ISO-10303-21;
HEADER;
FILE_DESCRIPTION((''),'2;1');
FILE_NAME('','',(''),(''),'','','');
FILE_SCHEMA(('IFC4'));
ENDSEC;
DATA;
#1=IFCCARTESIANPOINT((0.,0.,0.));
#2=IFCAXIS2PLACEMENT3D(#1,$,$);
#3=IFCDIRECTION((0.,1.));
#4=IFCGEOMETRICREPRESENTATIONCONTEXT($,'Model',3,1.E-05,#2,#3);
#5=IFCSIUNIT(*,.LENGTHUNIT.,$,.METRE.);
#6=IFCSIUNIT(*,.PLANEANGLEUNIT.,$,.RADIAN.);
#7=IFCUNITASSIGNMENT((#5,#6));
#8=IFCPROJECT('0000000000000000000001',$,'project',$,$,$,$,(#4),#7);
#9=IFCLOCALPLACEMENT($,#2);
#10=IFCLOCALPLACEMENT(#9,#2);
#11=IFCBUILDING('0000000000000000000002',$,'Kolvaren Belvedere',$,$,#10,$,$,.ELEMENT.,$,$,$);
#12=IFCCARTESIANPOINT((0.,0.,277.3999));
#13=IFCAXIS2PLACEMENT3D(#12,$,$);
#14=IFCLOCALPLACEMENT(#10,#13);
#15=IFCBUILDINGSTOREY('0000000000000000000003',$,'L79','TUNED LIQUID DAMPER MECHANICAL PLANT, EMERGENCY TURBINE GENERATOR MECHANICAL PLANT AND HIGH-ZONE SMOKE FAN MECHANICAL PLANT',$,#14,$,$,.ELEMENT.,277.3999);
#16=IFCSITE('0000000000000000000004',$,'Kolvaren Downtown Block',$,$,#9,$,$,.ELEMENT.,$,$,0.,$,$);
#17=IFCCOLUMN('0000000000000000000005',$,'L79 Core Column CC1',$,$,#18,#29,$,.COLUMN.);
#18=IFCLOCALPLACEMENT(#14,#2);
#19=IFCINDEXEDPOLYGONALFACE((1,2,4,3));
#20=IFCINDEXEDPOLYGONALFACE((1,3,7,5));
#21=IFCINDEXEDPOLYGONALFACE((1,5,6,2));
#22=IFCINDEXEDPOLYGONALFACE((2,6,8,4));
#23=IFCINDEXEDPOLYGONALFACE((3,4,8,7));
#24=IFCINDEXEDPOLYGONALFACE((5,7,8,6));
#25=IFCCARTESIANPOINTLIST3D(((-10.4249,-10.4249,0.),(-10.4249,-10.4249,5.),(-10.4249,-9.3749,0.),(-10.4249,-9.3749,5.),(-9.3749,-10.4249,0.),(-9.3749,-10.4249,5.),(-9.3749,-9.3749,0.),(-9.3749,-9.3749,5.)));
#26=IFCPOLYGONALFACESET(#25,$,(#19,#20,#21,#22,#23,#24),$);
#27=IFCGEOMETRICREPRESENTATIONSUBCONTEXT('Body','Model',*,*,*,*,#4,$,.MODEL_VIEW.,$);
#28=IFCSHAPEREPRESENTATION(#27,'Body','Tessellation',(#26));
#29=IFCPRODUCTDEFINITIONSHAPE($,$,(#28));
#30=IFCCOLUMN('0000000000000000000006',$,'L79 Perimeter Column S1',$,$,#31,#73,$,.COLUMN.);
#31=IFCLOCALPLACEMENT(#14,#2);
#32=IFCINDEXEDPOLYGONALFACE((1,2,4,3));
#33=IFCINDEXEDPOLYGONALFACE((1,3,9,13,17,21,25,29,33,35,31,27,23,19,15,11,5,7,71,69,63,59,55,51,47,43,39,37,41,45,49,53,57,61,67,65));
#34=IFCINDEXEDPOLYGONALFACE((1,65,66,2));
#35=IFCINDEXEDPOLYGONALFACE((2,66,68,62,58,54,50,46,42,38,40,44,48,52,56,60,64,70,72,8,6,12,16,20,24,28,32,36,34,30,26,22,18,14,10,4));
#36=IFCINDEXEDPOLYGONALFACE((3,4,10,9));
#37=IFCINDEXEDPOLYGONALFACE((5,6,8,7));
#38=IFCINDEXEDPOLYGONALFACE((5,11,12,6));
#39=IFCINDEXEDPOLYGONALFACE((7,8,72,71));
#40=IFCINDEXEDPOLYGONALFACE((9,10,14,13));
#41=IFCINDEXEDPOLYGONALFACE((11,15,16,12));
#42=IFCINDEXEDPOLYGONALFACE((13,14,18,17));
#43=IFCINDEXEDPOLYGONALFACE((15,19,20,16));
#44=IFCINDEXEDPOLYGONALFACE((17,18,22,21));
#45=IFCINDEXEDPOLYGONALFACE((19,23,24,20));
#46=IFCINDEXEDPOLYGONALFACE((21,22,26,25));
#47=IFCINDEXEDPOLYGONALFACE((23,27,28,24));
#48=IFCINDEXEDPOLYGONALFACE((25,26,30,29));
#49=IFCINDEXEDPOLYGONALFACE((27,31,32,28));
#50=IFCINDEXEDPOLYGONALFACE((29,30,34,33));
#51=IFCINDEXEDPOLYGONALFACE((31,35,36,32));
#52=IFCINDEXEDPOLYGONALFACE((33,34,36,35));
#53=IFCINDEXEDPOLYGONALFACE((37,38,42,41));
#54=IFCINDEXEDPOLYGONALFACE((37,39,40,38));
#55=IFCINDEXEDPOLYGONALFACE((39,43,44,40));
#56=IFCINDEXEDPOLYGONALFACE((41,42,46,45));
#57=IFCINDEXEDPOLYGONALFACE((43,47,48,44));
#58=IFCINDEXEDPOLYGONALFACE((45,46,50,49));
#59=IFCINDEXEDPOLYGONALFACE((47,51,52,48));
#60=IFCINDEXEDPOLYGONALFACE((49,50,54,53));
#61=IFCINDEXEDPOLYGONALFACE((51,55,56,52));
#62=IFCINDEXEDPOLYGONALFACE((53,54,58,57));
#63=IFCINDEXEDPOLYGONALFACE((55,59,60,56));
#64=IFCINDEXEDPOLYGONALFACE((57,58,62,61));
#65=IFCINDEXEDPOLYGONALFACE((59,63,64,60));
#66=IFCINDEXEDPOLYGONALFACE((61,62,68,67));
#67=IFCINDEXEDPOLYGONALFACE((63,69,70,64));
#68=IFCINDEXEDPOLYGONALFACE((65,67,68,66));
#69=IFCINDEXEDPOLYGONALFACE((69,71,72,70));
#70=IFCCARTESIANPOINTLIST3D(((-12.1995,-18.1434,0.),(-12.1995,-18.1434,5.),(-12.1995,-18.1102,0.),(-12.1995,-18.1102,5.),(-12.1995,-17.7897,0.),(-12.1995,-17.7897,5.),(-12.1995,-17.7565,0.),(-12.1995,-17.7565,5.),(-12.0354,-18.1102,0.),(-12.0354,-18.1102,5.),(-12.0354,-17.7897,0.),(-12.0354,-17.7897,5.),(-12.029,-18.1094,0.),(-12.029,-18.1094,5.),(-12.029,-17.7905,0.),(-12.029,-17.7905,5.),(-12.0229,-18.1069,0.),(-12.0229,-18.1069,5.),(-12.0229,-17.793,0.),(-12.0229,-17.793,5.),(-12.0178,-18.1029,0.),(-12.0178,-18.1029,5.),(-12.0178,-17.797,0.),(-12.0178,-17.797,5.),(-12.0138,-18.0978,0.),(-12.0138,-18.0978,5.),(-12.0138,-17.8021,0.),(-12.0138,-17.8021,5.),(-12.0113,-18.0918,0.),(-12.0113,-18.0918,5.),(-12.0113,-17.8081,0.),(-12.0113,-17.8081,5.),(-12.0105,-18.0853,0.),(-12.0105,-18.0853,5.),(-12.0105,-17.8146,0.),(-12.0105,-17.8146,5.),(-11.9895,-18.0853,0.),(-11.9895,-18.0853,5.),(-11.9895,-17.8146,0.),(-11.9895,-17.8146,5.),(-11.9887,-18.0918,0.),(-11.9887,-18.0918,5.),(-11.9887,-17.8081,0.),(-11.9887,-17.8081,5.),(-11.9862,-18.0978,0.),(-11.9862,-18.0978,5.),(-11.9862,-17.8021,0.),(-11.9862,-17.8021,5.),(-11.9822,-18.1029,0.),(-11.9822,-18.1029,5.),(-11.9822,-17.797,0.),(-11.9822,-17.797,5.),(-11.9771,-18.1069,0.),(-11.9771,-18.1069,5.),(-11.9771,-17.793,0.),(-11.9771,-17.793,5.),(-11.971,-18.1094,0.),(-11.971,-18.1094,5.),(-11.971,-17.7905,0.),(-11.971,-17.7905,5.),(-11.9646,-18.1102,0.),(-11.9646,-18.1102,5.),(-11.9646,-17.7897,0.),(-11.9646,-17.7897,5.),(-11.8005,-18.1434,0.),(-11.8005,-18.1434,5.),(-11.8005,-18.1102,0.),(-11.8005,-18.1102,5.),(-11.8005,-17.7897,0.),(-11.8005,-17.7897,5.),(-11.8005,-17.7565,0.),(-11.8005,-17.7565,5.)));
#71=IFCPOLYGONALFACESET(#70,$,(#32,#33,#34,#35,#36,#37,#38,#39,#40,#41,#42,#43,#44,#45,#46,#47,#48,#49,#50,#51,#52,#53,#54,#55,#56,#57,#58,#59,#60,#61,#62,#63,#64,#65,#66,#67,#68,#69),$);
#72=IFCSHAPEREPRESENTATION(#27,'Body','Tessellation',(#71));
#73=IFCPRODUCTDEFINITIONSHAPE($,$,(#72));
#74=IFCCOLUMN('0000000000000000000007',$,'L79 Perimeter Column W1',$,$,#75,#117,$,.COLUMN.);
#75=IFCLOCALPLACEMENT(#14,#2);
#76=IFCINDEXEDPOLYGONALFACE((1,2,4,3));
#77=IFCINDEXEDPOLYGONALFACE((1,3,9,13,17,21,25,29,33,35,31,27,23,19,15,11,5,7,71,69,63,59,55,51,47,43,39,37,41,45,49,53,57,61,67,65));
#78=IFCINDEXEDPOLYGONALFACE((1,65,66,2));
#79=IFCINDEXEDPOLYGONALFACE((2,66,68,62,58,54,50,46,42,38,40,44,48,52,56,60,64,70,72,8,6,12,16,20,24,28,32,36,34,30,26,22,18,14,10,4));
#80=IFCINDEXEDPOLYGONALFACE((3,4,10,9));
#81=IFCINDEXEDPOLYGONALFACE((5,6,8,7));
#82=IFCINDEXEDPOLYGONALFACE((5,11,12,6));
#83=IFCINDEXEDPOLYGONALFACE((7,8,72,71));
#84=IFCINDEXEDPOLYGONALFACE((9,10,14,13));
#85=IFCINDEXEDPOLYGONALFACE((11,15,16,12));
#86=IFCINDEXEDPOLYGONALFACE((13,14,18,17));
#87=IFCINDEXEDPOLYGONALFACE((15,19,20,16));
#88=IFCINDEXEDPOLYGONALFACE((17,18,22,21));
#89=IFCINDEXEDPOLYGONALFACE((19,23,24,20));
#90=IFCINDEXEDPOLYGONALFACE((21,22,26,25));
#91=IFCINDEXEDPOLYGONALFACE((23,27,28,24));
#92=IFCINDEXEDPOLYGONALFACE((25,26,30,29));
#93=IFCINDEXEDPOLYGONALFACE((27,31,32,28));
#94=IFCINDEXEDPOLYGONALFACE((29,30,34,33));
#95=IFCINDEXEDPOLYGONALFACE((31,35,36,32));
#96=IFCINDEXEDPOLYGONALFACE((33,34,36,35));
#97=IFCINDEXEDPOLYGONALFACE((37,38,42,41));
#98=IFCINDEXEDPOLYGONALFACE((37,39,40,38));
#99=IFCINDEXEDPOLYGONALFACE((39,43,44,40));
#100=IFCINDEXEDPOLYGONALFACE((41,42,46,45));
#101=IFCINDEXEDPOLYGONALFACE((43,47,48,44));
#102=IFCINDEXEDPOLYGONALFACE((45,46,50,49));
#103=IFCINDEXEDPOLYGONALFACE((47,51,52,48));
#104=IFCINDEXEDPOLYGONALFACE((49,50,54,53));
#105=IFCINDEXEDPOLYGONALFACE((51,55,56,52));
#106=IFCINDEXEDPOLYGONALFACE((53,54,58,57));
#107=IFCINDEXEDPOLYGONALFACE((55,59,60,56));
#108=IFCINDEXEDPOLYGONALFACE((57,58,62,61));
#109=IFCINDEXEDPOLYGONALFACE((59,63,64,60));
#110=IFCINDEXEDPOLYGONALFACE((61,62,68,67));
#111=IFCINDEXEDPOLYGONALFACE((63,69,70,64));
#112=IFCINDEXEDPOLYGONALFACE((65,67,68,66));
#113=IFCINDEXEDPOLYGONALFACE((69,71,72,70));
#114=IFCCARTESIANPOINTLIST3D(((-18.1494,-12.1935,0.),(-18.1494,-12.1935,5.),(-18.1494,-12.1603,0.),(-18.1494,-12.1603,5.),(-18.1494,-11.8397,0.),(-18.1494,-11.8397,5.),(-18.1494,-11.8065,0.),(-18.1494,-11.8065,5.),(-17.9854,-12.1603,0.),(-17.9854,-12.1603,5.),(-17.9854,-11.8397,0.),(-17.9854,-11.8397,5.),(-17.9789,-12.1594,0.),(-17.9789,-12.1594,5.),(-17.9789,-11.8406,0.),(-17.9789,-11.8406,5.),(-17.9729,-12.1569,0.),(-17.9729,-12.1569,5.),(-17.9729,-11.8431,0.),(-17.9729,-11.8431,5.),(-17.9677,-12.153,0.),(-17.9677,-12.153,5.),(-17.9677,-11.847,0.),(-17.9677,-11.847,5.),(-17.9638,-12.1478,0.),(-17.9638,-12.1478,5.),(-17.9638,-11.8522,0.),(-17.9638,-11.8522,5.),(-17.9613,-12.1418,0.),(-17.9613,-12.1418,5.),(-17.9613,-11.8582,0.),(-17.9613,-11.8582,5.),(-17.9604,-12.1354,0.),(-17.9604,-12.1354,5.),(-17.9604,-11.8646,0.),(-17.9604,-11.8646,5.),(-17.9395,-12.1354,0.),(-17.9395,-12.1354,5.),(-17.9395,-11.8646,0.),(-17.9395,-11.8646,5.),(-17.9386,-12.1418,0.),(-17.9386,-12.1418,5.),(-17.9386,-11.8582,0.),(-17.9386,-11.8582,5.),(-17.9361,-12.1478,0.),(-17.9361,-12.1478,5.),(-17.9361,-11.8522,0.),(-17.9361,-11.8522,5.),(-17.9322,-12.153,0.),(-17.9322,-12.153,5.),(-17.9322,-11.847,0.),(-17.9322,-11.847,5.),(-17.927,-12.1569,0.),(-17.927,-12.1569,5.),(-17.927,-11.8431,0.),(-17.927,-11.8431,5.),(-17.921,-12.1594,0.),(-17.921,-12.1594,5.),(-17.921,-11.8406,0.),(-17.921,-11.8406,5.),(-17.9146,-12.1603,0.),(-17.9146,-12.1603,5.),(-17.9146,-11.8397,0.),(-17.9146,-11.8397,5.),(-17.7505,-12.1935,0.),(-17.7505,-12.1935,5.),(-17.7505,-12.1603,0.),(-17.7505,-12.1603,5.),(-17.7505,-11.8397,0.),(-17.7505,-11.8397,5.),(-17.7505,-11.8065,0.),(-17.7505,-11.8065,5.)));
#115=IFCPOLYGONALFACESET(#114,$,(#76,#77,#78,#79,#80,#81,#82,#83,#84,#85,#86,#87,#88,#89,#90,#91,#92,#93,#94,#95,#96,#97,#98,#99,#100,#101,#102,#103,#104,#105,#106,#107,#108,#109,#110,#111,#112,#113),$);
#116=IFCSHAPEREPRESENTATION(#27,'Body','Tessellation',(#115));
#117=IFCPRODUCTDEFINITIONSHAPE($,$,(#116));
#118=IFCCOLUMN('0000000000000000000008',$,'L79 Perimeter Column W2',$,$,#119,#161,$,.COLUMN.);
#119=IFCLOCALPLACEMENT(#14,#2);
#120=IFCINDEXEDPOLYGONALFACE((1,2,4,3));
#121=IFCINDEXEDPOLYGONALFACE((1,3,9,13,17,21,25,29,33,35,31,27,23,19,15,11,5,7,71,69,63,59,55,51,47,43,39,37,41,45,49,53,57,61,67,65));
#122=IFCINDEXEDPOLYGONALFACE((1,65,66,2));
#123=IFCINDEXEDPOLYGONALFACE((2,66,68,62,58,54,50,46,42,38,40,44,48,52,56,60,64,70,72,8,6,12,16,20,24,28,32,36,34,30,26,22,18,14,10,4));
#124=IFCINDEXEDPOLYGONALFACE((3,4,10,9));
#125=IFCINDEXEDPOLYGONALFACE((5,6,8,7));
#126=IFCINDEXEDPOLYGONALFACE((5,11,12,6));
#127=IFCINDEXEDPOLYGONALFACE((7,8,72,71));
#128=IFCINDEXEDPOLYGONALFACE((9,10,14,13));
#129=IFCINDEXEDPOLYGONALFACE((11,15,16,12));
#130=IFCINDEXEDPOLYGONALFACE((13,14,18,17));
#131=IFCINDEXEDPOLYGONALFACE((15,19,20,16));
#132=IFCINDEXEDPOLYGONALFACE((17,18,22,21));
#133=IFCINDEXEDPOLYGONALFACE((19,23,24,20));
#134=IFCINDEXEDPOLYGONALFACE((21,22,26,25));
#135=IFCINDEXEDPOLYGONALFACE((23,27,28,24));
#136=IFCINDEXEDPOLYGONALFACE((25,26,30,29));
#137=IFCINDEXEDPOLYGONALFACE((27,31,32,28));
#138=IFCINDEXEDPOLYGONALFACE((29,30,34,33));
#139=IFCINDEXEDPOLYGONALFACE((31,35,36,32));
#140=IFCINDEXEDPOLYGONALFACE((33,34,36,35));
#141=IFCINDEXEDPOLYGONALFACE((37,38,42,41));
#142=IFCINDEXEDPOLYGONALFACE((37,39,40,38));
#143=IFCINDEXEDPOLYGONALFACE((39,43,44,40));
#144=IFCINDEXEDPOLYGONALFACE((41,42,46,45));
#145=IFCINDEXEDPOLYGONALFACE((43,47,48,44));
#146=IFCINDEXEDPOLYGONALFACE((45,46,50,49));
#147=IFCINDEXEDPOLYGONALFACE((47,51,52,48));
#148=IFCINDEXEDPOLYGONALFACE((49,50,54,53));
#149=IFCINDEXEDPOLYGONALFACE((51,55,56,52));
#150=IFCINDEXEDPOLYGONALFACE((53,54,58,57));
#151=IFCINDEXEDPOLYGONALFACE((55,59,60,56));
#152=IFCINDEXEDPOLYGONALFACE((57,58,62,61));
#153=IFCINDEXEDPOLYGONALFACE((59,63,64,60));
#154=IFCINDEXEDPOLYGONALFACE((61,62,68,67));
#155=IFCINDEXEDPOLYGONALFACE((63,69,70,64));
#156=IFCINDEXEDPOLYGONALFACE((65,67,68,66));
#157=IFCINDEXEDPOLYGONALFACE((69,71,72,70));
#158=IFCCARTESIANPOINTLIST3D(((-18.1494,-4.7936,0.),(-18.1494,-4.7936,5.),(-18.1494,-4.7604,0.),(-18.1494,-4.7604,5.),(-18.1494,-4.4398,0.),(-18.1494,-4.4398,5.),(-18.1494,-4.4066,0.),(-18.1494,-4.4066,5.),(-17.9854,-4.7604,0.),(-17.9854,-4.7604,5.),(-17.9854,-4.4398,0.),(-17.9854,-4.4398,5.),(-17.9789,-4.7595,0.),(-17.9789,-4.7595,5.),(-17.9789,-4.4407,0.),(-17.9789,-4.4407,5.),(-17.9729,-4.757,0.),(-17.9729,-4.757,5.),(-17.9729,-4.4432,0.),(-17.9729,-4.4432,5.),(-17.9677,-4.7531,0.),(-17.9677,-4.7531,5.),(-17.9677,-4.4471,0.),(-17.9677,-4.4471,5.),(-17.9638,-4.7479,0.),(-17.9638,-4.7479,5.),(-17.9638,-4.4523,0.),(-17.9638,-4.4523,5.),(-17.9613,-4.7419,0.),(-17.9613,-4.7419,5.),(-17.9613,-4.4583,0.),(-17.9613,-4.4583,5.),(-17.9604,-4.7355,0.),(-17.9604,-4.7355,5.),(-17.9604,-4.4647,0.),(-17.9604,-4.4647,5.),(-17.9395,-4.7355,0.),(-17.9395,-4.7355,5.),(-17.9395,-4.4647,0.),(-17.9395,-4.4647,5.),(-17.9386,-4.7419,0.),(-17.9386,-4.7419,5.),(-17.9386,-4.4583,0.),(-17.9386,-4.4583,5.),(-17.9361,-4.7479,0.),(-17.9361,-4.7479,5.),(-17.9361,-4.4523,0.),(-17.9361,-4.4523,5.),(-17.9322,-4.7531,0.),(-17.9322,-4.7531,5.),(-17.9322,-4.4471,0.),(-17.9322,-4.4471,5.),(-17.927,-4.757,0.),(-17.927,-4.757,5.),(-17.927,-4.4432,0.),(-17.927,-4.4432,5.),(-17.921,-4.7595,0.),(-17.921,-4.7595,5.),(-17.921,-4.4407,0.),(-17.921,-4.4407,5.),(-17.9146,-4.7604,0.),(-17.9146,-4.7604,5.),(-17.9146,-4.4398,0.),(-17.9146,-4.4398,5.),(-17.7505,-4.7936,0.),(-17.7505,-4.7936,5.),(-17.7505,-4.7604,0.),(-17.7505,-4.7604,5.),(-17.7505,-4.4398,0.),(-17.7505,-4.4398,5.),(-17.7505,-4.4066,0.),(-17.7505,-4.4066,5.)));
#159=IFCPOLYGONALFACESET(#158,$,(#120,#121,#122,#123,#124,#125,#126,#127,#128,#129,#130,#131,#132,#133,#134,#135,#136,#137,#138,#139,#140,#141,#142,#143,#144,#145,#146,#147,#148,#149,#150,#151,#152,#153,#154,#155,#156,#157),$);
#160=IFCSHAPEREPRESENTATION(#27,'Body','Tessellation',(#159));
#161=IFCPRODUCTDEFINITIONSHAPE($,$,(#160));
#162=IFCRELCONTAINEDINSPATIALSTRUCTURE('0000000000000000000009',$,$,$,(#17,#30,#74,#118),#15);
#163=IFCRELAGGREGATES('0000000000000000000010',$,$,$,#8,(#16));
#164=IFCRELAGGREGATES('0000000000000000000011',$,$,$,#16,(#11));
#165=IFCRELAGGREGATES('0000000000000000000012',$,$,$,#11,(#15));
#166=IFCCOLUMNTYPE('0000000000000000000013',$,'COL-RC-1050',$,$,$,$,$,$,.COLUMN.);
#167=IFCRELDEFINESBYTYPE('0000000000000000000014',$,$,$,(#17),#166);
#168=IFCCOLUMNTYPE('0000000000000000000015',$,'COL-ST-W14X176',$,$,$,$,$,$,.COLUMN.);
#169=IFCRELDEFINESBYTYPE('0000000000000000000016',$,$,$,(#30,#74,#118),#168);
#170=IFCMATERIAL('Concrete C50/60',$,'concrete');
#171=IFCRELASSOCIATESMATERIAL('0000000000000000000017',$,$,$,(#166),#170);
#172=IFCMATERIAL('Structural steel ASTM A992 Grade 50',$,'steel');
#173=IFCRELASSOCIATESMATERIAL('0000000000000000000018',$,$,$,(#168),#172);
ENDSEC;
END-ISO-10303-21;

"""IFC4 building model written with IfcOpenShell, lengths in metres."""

from ifc_helpers import new_model, si_unit, direction, frame, origin, origin_2d, place, context, subcontext, project, spatial, rectangle, i_section, extrude, material, material_profile, profile_set, type_object, element, save


model = new_model("IFC4")

# Units and contexts
model_context = context("Model", 3, precision=1e-05, world=origin(), true_north=direction((0.0, 1.0)))
body_context = subcontext(model_context, "Body", "Model", "MODEL_VIEW")
ifc_project = project(units=[si_unit("LENGTHUNIT", "METRE"), si_unit("PLANEANGLEUNIT", "RADIAN")], contexts=[model_context])

# Site, building, storey
site_placement = place(None, origin())
site = spatial("IfcSite", under=ifc_project, at=site_placement, Name="Kolvaren Downtown Block", CompositionType="ELEMENT", RefElevation=0.0)
building_placement = place(site_placement, origin())
building = spatial("IfcBuilding", under=site, at=building_placement, Name="Kolvaren Belvedere", CompositionType="ELEMENT")
storey_placement = place(building_placement, frame((0.0, 0.0, 277.3999)))
storey = spatial("IfcBuildingStorey", under=building, at=storey_placement, Name="L79", Description="TUNED LIQUID DAMPER MECHANICAL PLANT, EMERGENCY TURBINE GENERATOR MECHANICAL PLANT AND HIGH-ZONE SMOKE FAN MECHANICAL PLANT", CompositionType="ELEMENT", Elevation=277.3999)

# Columns
ifc_material_1 = material(Name="Concrete C50/60", Category="concrete")
ifc_material_profile_1 = material_profile(ifc_material_1, rectangle(XDim=1.05, YDim=1.05, at=origin_2d()), Name="RC 1050X1050")
ifc_profile_set_1 = profile_set([ifc_material_profile_1], Name="Concrete C50/60")
column_type_1 = type_object("IfcColumnType", Name="COL-RC-1050", PredefinedType="COLUMN", material=ifc_profile_set_1)
column_placement = place(storey_placement, frame((-9.8999, -9.8999, 0.0), z_axis=(0.0, 0.0, 1.0), x_axis=(1.0, 0.0, 0.0)))
element("IfcColumn", 1, at=column_placement, inside=storey, type_object=column_type_1, Name="L79 Core Column CC1", PredefinedType="COLUMN", context=body_context, shape_type="SweptSolid", body=[
    extrude(rectangle(XDim=1.05, YDim=1.05, at=origin_2d()), origin(), (0.0, 0.0, 1.0), 5.0),
])
ifc_material_2 = material(Name="Structural steel ASTM A992 Grade 50", Category="steel")
ifc_material_profile_2 = material_profile(ifc_material_2, i_section(OverallWidth=0.3989, OverallDepth=0.387, WebThickness=0.021, FlangeThickness=0.0332, FilletRadius=0.0249, at=origin_2d()), Name="W14X176")
ifc_profile_set_2 = profile_set([ifc_material_profile_2], Name="Structural steel ASTM A992 Grade 50")
column_type_2 = type_object("IfcColumnType", Name="COL-ST-W14X176", PredefinedType="COLUMN", material=ifc_profile_set_2)
for number, where, z_axis, x_axis, name in (
    (2, (-12.0, -17.95, 0.0), (0.0, 0.0, 1.0), (1.0, 0.0, 0.0), "L79 Perimeter Column S1"),
    (3, (-17.95, -12.0, 0.0), (0.0, 0.0, 1.0), (1.0, 0.0, 0.0), "L79 Perimeter Column W1"),
    (4, (-17.95, -4.6001, 0.0), (0.0, 0.0, 1.0), (1.0, 0.0, 0.0), "L79 Perimeter Column W2"),
):
    element("IfcColumn", number, at=place(storey_placement, frame(where, z_axis=z_axis, x_axis=x_axis)), inside=storey, type_object=column_type_2, Name=name, PredefinedType="COLUMN", context=body_context, shape_type="SweptSolid", body=[
        extrude(i_section(OverallWidth=0.3989, OverallDepth=0.387, WebThickness=0.021, FlangeThickness=0.0332, FilletRadius=0.0249, at=origin_2d()), origin(), (0.0, 0.0, 1.0), 5.0),
    ])

save(model, "model.ifc")
